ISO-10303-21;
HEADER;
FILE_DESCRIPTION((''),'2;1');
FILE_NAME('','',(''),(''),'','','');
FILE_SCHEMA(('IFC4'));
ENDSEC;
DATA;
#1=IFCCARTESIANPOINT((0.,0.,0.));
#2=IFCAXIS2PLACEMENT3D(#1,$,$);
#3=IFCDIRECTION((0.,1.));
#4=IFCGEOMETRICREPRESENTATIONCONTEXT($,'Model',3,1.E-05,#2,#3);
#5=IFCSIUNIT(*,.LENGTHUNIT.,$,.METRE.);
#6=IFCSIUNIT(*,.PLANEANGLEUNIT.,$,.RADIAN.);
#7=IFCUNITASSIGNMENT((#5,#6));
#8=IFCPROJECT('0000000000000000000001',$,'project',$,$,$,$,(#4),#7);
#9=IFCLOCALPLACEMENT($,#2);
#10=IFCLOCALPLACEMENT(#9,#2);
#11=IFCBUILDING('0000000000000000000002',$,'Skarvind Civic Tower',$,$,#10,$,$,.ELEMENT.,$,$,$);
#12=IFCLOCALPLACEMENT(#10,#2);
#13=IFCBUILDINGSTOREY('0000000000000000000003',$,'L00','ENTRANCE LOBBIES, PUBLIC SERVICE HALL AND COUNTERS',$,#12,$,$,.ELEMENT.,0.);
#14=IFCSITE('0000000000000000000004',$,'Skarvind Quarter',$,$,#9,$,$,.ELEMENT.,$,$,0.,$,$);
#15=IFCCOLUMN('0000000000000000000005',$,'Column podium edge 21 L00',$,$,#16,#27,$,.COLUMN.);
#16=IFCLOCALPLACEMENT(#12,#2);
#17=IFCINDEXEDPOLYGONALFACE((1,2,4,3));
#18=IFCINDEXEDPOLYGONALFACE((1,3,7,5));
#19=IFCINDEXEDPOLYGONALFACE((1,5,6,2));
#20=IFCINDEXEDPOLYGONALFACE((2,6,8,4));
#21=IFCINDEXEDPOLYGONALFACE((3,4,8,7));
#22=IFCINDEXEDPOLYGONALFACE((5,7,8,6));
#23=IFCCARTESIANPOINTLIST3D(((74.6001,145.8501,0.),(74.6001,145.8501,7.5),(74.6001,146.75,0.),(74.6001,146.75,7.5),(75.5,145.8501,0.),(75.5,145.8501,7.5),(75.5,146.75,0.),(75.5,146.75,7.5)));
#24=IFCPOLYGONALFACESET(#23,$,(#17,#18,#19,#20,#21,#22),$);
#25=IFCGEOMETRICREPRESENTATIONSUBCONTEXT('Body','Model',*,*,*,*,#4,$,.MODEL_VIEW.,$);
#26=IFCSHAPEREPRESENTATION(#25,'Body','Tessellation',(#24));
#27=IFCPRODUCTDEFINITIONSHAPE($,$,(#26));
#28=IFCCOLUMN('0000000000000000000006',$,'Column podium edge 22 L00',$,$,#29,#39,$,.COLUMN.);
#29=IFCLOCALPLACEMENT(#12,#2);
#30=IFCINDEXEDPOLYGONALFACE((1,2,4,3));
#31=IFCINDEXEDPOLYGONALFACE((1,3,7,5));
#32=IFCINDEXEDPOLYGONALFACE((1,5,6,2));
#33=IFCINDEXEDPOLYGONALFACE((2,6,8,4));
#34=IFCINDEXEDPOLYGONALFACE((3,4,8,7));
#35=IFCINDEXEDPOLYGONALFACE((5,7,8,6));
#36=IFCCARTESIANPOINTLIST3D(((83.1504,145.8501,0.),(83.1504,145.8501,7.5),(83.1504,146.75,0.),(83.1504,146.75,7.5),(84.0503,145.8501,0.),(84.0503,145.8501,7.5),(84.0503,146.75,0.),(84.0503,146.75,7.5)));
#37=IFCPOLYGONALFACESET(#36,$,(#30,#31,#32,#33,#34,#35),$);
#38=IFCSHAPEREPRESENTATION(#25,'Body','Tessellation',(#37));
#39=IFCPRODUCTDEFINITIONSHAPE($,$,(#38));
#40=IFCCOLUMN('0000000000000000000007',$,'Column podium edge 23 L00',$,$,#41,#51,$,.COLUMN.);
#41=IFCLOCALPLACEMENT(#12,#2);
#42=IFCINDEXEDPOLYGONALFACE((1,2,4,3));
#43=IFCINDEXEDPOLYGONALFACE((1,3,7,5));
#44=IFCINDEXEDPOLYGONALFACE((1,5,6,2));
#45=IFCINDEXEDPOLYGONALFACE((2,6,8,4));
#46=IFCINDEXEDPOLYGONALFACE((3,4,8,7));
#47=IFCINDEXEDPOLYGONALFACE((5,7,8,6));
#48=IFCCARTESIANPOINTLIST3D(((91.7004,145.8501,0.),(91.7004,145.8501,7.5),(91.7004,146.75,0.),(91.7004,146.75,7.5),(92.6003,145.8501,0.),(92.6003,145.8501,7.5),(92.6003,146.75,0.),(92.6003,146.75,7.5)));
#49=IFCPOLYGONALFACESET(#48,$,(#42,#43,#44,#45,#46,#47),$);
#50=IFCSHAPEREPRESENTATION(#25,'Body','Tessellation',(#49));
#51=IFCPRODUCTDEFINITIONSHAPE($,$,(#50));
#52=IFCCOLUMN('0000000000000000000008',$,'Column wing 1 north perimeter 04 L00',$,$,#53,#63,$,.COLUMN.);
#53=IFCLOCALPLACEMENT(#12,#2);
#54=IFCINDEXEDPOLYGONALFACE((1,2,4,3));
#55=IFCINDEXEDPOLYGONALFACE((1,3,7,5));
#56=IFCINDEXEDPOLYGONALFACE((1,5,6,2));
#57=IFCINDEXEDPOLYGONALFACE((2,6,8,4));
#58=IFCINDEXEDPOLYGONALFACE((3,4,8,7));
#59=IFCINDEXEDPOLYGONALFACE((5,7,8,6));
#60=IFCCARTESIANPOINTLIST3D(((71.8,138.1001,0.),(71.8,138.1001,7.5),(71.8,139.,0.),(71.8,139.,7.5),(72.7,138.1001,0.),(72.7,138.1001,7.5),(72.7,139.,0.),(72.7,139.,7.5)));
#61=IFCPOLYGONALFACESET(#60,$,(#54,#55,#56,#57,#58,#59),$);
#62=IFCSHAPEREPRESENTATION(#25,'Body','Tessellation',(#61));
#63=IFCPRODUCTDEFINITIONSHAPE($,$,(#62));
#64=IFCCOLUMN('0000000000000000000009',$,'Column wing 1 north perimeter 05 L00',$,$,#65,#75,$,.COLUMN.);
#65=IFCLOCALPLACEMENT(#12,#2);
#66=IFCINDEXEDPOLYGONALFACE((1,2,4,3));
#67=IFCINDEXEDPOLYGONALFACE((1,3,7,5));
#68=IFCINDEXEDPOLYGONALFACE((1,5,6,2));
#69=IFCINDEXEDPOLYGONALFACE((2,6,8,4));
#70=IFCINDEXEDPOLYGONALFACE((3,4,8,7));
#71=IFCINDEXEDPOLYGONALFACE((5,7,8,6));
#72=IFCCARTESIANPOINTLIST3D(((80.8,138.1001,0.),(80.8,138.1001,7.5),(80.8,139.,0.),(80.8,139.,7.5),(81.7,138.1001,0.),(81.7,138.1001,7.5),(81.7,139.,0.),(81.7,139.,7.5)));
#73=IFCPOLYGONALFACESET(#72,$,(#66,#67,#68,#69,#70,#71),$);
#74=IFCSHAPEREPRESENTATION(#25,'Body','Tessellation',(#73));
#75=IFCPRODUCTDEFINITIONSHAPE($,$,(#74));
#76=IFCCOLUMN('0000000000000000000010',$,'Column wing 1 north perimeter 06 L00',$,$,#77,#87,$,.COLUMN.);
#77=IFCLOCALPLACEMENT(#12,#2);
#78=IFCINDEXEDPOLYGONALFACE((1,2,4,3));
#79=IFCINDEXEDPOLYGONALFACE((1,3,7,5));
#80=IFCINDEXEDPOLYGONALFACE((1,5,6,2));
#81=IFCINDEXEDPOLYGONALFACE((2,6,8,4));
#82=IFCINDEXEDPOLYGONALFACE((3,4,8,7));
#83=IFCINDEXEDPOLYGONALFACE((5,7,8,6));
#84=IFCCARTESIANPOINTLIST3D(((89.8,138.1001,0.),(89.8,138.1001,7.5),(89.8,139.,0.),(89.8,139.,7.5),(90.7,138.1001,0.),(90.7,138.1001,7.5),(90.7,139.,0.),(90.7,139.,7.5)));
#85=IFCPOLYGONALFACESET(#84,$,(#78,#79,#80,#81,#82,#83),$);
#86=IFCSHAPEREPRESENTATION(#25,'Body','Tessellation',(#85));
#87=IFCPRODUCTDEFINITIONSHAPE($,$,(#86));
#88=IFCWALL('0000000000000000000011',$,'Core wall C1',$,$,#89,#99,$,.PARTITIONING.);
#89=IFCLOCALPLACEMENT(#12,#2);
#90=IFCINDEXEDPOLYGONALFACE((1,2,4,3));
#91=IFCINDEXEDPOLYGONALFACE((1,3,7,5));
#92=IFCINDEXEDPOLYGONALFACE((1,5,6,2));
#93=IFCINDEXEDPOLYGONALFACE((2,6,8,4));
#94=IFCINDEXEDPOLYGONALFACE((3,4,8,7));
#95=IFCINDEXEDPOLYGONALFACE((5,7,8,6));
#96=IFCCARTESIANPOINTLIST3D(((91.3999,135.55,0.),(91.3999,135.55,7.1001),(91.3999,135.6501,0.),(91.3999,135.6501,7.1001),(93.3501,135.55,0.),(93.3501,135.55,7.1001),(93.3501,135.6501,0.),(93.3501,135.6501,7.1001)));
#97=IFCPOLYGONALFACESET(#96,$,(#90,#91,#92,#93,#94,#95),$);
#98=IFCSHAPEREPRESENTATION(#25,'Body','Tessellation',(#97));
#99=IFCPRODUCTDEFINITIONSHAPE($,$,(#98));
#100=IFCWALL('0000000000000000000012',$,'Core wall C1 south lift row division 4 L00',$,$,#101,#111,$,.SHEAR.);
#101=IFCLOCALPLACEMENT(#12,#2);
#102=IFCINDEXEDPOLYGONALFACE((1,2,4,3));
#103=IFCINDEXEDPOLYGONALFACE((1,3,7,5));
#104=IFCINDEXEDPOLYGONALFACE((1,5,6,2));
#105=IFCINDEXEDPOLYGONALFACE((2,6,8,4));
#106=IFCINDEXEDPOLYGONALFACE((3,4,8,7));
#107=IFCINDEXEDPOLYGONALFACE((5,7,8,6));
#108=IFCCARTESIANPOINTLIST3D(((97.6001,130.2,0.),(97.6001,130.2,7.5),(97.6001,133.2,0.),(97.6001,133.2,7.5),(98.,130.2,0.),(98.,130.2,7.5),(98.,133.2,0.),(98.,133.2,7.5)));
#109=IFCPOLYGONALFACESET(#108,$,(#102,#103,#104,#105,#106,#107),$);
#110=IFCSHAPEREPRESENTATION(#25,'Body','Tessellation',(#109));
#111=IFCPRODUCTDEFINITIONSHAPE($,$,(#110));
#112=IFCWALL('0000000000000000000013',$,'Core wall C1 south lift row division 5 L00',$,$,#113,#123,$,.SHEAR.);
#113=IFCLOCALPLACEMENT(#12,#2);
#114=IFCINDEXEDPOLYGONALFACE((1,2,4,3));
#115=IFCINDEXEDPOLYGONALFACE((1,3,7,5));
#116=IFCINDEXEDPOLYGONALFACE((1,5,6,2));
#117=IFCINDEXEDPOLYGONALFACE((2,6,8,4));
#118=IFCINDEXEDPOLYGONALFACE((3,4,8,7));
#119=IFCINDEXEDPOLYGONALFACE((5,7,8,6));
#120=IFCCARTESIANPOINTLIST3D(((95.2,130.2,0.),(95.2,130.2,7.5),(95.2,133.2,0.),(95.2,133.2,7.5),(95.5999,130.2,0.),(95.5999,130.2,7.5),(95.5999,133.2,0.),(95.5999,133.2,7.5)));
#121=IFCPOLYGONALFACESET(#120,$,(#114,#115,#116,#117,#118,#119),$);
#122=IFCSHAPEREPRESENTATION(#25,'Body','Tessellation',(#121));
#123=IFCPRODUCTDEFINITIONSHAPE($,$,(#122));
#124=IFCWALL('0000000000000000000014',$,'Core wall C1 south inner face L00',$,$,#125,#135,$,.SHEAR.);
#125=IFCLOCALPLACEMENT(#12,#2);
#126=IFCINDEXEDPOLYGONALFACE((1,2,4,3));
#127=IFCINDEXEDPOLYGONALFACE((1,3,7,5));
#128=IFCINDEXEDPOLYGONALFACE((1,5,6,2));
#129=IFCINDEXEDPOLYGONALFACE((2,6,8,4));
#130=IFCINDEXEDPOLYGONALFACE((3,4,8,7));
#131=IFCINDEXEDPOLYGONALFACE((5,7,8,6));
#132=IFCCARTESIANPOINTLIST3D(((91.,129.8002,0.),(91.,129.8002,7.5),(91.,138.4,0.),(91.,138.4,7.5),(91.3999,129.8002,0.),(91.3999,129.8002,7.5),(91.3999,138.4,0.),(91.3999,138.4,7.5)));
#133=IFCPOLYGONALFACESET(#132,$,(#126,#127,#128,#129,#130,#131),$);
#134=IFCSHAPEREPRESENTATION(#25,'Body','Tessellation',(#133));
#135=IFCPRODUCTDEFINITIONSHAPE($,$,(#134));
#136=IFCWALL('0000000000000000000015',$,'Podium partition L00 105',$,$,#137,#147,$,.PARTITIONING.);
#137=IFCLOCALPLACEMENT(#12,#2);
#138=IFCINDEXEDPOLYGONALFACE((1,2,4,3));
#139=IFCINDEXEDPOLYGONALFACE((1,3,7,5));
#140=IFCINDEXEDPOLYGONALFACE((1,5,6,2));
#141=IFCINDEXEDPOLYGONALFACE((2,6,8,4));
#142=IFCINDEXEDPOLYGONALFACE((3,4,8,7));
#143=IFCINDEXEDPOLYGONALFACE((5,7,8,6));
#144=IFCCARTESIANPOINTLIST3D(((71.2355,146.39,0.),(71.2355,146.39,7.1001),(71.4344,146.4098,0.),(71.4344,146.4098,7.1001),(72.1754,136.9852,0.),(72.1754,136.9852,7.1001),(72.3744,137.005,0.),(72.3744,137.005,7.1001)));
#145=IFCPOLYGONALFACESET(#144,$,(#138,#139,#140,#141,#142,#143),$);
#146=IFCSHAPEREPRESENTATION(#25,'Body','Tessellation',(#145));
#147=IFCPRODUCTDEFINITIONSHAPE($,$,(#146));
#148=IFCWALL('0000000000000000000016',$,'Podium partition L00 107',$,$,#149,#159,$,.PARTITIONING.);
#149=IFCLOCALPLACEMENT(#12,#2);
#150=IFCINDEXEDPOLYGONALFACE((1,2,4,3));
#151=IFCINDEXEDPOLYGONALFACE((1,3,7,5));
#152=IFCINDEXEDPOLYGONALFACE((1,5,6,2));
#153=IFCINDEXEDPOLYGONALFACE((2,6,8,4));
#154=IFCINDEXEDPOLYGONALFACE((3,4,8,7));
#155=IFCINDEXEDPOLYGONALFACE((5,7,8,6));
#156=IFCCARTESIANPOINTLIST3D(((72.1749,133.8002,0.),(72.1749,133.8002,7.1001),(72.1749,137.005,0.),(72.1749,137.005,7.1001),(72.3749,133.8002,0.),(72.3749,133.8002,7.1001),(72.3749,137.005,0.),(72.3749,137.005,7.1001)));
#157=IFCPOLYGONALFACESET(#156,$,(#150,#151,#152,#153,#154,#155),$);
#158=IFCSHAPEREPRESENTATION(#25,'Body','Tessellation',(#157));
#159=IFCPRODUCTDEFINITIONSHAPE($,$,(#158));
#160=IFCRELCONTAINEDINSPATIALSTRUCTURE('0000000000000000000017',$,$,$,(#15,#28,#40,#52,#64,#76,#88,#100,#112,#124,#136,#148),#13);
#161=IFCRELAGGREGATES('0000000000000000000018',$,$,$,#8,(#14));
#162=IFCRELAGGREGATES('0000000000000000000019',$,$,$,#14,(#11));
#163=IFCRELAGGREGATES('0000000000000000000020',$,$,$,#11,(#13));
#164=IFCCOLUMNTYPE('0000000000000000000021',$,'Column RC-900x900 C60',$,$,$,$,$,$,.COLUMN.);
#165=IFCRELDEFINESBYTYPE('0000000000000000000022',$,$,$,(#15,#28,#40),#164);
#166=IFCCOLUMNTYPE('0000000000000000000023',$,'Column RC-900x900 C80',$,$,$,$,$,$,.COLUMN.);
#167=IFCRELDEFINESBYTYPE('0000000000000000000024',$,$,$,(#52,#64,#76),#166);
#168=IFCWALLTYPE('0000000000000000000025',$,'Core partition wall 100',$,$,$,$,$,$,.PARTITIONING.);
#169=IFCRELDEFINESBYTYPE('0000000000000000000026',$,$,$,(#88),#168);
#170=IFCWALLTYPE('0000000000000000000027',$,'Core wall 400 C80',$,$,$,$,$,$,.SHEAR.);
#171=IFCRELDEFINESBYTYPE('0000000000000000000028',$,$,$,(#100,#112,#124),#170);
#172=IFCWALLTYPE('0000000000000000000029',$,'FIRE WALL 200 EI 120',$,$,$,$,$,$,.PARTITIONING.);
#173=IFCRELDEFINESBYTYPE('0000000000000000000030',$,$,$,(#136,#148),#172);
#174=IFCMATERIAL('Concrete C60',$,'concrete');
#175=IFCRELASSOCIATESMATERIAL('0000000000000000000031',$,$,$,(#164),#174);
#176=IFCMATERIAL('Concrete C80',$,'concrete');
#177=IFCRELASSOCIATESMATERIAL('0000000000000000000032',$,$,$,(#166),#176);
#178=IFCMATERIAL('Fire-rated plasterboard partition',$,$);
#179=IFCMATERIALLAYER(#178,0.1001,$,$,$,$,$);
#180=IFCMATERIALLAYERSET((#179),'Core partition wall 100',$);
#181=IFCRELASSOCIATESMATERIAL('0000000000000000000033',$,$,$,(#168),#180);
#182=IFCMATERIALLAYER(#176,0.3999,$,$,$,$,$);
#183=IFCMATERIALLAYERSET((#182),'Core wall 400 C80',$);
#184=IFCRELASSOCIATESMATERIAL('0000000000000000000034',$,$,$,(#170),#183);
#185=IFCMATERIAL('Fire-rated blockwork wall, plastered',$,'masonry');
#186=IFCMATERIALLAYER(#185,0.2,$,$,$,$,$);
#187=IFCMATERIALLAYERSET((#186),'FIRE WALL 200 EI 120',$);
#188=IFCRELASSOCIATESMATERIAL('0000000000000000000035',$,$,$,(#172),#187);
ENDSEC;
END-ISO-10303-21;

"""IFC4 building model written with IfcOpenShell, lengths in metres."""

from ifc_helpers import new_model, si_unit, direction, frame, frame_2d, origin, origin_2d, place, context, subcontext, project, spatial, rectangle, extrude, material, layer, layer_set, material_profile, profile_set, type_object, element, save


model = new_model("IFC4")

# Units and contexts
model_context = context("Model", 3, precision=1e-05, world=origin(), true_north=direction((0.0, 1.0)))
body_context = subcontext(model_context, "Body", "Model", "MODEL_VIEW")
ifc_project = project(units=[si_unit("LENGTHUNIT", "METRE"), si_unit("PLANEANGLEUNIT", "RADIAN")], contexts=[model_context])

# Site, building, storey
site_placement = place(None, origin())
site = spatial("IfcSite", under=ifc_project, at=site_placement, Name="Skarvind Quarter", CompositionType="ELEMENT", RefElevation=0.0)
building_placement = place(site_placement, origin())
building = spatial("IfcBuilding", under=site, at=building_placement, Name="Skarvind Civic Tower", CompositionType="ELEMENT")
storey_placement = place(building_placement, origin())
storey = spatial("IfcBuildingStorey", under=building, at=storey_placement, Name="L00", Description="ENTRANCE LOBBIES, PUBLIC SERVICE HALL AND COUNTERS", CompositionType="ELEMENT", Elevation=0.0)

# Columns
ifc_material_1 = material(Name="Concrete C60", Category="concrete")
ifc_material_profile_1 = material_profile(ifc_material_1, rectangle(XDim=0.8999, YDim=0.8999, at=origin_2d()), Name="RC-900x900")
ifc_profile_set_1 = profile_set([ifc_material_profile_1], Name="Concrete C60")
column_type_1 = type_object("IfcColumnType", Name="Column RC-900x900 C60", PredefinedType="COLUMN", material=ifc_profile_set_1)
for number, where, z_axis, x_axis, name in (
    (1, (75.05, 146.3, 0.0), (0.0, 0.0, 1.0), (1.0, 0.0, 0.0), "Column podium edge 21 L00"),
    (2, (83.6003, 146.3, 0.0), (0.0, 0.0, 1.0), (1.0, 0.0, 0.0), "Column podium edge 22 L00"),
    (3, (92.1504, 146.3, 0.0), (0.0, 0.0, 1.0), (1.0, 0.0, 0.0), "Column podium edge 23 L00"),
):
    element("IfcColumn", number, at=place(storey_placement, frame(where, z_axis=z_axis, x_axis=x_axis)), inside=storey, type_object=column_type_1, Name=name, PredefinedType="COLUMN", context=body_context, shape_type="SweptSolid", body=[
        extrude(rectangle(XDim=0.8999, YDim=0.8999, at=origin_2d()), origin(), (0.0, 0.0, 1.0), 7.5),
    ])
ifc_material_2 = material(Name="Concrete C80", Category="concrete")
ifc_material_profile_2 = material_profile(ifc_material_2, rectangle(XDim=0.8999, YDim=0.8999, at=origin_2d()), Name="RC-900x900")
ifc_profile_set_2 = profile_set([ifc_material_profile_2], Name="Concrete C80")
column_type_2 = type_object("IfcColumnType", Name="Column RC-900x900 C80", PredefinedType="COLUMN", material=ifc_profile_set_2)
for number, where, z_axis, x_axis, name in (
    (4, (72.25, 138.55, 0.0), (0.0, 0.0, 1.0), (1.0, 0.0, 0.0), "Column wing 1 north perimeter 04 L00"),
    (5, (81.25, 138.55, 0.0), (0.0, 0.0, 1.0), (1.0, 0.0, 0.0), "Column wing 1 north perimeter 05 L00"),
    (6, (90.25, 138.55, 0.0), (0.0, 0.0, 1.0), (1.0, 0.0, 0.0), "Column wing 1 north perimeter 06 L00"),
):
    element("IfcColumn", number, at=place(storey_placement, frame(where, z_axis=z_axis, x_axis=x_axis)), inside=storey, type_object=column_type_2, Name=name, PredefinedType="COLUMN", context=body_context, shape_type="SweptSolid", body=[
        extrude(rectangle(XDim=0.8999, YDim=0.8999, at=origin_2d()), origin(), (0.0, 0.0, 1.0), 7.5),
    ])

# Walls
ifc_material_3 = material(Name="Fire-rated plasterboard partition")
ifc_layer_1 = layer(ifc_material_3, 0.1001)
ifc_layer_set_1 = layer_set([ifc_layer_1], Name="Core partition wall 100")
wall_type_1 = type_object("IfcWallType", Name="Core partition wall 100", PredefinedType="PARTITIONING", material=ifc_layer_set_1)
wall_1_placement = place(storey_placement, frame((91.3999, 135.6001, 0.0), z_axis=(0.0, 0.0, 1.0), x_axis=(1.0, 0.0, 0.0)))
element("IfcWall", 7, at=wall_1_placement, inside=storey, type_object=wall_type_1, Name="Core wall C1", PredefinedType="PARTITIONING", context=body_context, shape_type="SweptSolid", body=[
    extrude(rectangle(XDim=1.9502, YDim=0.1001, at=frame_2d((0.9751, 0.0))), origin(), (0.0, 0.0, 1.0), 7.1001),
])
ifc_layer_2 = layer(ifc_material_2, 0.3999)
ifc_layer_set_2 = layer_set([ifc_layer_2], Name="Core wall 400 C80")
wall_type_2 = type_object("IfcWallType", Name="Core wall 400 C80", PredefinedType="SHEAR", material=ifc_layer_set_2)
for number, where, z_axis, x_axis, name in (
    (8, (97.8, 133.2, 0.0), (0.0, 0.0, 1.0), (0.0, -1.0, 0.0), "Core wall C1 south lift row division 4 L00"),
    (9, (95.3999, 133.2, 0.0), (0.0, 0.0, 1.0), (0.0, -1.0, 0.0), "Core wall C1 south lift row division 5 L00"),
):
    element("IfcWall", number, at=place(storey_placement, frame(where, z_axis=z_axis, x_axis=x_axis)), inside=storey, type_object=wall_type_2, Name=name, PredefinedType="SHEAR", context=body_context, shape_type="SweptSolid", body=[
        extrude(rectangle(XDim=3.0, YDim=0.3999, at=frame_2d((1.5, 0.0))), origin(), (0.0, 0.0, 1.0), 7.5),
    ])
wall_2_placement = place(storey_placement, frame((91.2, 138.3999, 0.0), z_axis=(0.0, 0.0, 1.0), x_axis=(0.0, -1.0, 0.0)))
element("IfcWall", 10, at=wall_2_placement, inside=storey, type_object=wall_type_2, Name="Core wall C1 south inner face L00", PredefinedType="SHEAR", context=body_context, shape_type="SweptSolid", body=[
    extrude(rectangle(XDim=8.5999, YDim=0.3999, at=frame_2d((4.2998, 0.0))), origin(), (0.0, 0.0, 1.0), 7.5),
])
ifc_material_4 = material(Name="Fire-rated blockwork wall, plastered", Category="masonry")
ifc_layer_3 = layer(ifc_material_4, 0.2)
ifc_layer_set_3 = layer_set([ifc_layer_3], Name="FIRE WALL 200 EI 120")
wall_type_3 = type_object("IfcWallType", Name="FIRE WALL 200 EI 120", PredefinedType="PARTITIONING", material=ifc_layer_set_3)
wall_3_placement = place(storey_placement, frame((71.335, 146.3999, 0.0), z_axis=(0.0, 0.0, 1.0), x_axis=(0.099447, -0.995043, 0.0)))
element("IfcWall", 11, at=wall_3_placement, inside=storey, type_object=wall_type_3, Name="Podium partition L00 105", PredefinedType="PARTITIONING", context=body_context, shape_type="SweptSolid", body=[
    extrude(rectangle(XDim=9.4517, YDim=0.2, at=frame_2d((4.7258, 0.0))), origin(), (0.0, 0.0, 1.0), 7.1001),
])
wall_4_placement = place(storey_placement, frame((72.2749, 133.8, 0.0), z_axis=(0.0, 0.0, 1.0), x_axis=(0.0, 1.0, 0.0)))
element("IfcWall", 12, at=wall_4_placement, inside=storey, type_object=wall_type_3, Name="Podium partition L00 107", PredefinedType="PARTITIONING", context=body_context, shape_type="SweptSolid", body=[
    extrude(rectangle(XDim=3.2048, YDim=0.2, at=frame_2d((1.6025, 0.0))), origin(), (0.0, 0.0, 1.0), 7.1001),
])

save(model, "model.ifc")
